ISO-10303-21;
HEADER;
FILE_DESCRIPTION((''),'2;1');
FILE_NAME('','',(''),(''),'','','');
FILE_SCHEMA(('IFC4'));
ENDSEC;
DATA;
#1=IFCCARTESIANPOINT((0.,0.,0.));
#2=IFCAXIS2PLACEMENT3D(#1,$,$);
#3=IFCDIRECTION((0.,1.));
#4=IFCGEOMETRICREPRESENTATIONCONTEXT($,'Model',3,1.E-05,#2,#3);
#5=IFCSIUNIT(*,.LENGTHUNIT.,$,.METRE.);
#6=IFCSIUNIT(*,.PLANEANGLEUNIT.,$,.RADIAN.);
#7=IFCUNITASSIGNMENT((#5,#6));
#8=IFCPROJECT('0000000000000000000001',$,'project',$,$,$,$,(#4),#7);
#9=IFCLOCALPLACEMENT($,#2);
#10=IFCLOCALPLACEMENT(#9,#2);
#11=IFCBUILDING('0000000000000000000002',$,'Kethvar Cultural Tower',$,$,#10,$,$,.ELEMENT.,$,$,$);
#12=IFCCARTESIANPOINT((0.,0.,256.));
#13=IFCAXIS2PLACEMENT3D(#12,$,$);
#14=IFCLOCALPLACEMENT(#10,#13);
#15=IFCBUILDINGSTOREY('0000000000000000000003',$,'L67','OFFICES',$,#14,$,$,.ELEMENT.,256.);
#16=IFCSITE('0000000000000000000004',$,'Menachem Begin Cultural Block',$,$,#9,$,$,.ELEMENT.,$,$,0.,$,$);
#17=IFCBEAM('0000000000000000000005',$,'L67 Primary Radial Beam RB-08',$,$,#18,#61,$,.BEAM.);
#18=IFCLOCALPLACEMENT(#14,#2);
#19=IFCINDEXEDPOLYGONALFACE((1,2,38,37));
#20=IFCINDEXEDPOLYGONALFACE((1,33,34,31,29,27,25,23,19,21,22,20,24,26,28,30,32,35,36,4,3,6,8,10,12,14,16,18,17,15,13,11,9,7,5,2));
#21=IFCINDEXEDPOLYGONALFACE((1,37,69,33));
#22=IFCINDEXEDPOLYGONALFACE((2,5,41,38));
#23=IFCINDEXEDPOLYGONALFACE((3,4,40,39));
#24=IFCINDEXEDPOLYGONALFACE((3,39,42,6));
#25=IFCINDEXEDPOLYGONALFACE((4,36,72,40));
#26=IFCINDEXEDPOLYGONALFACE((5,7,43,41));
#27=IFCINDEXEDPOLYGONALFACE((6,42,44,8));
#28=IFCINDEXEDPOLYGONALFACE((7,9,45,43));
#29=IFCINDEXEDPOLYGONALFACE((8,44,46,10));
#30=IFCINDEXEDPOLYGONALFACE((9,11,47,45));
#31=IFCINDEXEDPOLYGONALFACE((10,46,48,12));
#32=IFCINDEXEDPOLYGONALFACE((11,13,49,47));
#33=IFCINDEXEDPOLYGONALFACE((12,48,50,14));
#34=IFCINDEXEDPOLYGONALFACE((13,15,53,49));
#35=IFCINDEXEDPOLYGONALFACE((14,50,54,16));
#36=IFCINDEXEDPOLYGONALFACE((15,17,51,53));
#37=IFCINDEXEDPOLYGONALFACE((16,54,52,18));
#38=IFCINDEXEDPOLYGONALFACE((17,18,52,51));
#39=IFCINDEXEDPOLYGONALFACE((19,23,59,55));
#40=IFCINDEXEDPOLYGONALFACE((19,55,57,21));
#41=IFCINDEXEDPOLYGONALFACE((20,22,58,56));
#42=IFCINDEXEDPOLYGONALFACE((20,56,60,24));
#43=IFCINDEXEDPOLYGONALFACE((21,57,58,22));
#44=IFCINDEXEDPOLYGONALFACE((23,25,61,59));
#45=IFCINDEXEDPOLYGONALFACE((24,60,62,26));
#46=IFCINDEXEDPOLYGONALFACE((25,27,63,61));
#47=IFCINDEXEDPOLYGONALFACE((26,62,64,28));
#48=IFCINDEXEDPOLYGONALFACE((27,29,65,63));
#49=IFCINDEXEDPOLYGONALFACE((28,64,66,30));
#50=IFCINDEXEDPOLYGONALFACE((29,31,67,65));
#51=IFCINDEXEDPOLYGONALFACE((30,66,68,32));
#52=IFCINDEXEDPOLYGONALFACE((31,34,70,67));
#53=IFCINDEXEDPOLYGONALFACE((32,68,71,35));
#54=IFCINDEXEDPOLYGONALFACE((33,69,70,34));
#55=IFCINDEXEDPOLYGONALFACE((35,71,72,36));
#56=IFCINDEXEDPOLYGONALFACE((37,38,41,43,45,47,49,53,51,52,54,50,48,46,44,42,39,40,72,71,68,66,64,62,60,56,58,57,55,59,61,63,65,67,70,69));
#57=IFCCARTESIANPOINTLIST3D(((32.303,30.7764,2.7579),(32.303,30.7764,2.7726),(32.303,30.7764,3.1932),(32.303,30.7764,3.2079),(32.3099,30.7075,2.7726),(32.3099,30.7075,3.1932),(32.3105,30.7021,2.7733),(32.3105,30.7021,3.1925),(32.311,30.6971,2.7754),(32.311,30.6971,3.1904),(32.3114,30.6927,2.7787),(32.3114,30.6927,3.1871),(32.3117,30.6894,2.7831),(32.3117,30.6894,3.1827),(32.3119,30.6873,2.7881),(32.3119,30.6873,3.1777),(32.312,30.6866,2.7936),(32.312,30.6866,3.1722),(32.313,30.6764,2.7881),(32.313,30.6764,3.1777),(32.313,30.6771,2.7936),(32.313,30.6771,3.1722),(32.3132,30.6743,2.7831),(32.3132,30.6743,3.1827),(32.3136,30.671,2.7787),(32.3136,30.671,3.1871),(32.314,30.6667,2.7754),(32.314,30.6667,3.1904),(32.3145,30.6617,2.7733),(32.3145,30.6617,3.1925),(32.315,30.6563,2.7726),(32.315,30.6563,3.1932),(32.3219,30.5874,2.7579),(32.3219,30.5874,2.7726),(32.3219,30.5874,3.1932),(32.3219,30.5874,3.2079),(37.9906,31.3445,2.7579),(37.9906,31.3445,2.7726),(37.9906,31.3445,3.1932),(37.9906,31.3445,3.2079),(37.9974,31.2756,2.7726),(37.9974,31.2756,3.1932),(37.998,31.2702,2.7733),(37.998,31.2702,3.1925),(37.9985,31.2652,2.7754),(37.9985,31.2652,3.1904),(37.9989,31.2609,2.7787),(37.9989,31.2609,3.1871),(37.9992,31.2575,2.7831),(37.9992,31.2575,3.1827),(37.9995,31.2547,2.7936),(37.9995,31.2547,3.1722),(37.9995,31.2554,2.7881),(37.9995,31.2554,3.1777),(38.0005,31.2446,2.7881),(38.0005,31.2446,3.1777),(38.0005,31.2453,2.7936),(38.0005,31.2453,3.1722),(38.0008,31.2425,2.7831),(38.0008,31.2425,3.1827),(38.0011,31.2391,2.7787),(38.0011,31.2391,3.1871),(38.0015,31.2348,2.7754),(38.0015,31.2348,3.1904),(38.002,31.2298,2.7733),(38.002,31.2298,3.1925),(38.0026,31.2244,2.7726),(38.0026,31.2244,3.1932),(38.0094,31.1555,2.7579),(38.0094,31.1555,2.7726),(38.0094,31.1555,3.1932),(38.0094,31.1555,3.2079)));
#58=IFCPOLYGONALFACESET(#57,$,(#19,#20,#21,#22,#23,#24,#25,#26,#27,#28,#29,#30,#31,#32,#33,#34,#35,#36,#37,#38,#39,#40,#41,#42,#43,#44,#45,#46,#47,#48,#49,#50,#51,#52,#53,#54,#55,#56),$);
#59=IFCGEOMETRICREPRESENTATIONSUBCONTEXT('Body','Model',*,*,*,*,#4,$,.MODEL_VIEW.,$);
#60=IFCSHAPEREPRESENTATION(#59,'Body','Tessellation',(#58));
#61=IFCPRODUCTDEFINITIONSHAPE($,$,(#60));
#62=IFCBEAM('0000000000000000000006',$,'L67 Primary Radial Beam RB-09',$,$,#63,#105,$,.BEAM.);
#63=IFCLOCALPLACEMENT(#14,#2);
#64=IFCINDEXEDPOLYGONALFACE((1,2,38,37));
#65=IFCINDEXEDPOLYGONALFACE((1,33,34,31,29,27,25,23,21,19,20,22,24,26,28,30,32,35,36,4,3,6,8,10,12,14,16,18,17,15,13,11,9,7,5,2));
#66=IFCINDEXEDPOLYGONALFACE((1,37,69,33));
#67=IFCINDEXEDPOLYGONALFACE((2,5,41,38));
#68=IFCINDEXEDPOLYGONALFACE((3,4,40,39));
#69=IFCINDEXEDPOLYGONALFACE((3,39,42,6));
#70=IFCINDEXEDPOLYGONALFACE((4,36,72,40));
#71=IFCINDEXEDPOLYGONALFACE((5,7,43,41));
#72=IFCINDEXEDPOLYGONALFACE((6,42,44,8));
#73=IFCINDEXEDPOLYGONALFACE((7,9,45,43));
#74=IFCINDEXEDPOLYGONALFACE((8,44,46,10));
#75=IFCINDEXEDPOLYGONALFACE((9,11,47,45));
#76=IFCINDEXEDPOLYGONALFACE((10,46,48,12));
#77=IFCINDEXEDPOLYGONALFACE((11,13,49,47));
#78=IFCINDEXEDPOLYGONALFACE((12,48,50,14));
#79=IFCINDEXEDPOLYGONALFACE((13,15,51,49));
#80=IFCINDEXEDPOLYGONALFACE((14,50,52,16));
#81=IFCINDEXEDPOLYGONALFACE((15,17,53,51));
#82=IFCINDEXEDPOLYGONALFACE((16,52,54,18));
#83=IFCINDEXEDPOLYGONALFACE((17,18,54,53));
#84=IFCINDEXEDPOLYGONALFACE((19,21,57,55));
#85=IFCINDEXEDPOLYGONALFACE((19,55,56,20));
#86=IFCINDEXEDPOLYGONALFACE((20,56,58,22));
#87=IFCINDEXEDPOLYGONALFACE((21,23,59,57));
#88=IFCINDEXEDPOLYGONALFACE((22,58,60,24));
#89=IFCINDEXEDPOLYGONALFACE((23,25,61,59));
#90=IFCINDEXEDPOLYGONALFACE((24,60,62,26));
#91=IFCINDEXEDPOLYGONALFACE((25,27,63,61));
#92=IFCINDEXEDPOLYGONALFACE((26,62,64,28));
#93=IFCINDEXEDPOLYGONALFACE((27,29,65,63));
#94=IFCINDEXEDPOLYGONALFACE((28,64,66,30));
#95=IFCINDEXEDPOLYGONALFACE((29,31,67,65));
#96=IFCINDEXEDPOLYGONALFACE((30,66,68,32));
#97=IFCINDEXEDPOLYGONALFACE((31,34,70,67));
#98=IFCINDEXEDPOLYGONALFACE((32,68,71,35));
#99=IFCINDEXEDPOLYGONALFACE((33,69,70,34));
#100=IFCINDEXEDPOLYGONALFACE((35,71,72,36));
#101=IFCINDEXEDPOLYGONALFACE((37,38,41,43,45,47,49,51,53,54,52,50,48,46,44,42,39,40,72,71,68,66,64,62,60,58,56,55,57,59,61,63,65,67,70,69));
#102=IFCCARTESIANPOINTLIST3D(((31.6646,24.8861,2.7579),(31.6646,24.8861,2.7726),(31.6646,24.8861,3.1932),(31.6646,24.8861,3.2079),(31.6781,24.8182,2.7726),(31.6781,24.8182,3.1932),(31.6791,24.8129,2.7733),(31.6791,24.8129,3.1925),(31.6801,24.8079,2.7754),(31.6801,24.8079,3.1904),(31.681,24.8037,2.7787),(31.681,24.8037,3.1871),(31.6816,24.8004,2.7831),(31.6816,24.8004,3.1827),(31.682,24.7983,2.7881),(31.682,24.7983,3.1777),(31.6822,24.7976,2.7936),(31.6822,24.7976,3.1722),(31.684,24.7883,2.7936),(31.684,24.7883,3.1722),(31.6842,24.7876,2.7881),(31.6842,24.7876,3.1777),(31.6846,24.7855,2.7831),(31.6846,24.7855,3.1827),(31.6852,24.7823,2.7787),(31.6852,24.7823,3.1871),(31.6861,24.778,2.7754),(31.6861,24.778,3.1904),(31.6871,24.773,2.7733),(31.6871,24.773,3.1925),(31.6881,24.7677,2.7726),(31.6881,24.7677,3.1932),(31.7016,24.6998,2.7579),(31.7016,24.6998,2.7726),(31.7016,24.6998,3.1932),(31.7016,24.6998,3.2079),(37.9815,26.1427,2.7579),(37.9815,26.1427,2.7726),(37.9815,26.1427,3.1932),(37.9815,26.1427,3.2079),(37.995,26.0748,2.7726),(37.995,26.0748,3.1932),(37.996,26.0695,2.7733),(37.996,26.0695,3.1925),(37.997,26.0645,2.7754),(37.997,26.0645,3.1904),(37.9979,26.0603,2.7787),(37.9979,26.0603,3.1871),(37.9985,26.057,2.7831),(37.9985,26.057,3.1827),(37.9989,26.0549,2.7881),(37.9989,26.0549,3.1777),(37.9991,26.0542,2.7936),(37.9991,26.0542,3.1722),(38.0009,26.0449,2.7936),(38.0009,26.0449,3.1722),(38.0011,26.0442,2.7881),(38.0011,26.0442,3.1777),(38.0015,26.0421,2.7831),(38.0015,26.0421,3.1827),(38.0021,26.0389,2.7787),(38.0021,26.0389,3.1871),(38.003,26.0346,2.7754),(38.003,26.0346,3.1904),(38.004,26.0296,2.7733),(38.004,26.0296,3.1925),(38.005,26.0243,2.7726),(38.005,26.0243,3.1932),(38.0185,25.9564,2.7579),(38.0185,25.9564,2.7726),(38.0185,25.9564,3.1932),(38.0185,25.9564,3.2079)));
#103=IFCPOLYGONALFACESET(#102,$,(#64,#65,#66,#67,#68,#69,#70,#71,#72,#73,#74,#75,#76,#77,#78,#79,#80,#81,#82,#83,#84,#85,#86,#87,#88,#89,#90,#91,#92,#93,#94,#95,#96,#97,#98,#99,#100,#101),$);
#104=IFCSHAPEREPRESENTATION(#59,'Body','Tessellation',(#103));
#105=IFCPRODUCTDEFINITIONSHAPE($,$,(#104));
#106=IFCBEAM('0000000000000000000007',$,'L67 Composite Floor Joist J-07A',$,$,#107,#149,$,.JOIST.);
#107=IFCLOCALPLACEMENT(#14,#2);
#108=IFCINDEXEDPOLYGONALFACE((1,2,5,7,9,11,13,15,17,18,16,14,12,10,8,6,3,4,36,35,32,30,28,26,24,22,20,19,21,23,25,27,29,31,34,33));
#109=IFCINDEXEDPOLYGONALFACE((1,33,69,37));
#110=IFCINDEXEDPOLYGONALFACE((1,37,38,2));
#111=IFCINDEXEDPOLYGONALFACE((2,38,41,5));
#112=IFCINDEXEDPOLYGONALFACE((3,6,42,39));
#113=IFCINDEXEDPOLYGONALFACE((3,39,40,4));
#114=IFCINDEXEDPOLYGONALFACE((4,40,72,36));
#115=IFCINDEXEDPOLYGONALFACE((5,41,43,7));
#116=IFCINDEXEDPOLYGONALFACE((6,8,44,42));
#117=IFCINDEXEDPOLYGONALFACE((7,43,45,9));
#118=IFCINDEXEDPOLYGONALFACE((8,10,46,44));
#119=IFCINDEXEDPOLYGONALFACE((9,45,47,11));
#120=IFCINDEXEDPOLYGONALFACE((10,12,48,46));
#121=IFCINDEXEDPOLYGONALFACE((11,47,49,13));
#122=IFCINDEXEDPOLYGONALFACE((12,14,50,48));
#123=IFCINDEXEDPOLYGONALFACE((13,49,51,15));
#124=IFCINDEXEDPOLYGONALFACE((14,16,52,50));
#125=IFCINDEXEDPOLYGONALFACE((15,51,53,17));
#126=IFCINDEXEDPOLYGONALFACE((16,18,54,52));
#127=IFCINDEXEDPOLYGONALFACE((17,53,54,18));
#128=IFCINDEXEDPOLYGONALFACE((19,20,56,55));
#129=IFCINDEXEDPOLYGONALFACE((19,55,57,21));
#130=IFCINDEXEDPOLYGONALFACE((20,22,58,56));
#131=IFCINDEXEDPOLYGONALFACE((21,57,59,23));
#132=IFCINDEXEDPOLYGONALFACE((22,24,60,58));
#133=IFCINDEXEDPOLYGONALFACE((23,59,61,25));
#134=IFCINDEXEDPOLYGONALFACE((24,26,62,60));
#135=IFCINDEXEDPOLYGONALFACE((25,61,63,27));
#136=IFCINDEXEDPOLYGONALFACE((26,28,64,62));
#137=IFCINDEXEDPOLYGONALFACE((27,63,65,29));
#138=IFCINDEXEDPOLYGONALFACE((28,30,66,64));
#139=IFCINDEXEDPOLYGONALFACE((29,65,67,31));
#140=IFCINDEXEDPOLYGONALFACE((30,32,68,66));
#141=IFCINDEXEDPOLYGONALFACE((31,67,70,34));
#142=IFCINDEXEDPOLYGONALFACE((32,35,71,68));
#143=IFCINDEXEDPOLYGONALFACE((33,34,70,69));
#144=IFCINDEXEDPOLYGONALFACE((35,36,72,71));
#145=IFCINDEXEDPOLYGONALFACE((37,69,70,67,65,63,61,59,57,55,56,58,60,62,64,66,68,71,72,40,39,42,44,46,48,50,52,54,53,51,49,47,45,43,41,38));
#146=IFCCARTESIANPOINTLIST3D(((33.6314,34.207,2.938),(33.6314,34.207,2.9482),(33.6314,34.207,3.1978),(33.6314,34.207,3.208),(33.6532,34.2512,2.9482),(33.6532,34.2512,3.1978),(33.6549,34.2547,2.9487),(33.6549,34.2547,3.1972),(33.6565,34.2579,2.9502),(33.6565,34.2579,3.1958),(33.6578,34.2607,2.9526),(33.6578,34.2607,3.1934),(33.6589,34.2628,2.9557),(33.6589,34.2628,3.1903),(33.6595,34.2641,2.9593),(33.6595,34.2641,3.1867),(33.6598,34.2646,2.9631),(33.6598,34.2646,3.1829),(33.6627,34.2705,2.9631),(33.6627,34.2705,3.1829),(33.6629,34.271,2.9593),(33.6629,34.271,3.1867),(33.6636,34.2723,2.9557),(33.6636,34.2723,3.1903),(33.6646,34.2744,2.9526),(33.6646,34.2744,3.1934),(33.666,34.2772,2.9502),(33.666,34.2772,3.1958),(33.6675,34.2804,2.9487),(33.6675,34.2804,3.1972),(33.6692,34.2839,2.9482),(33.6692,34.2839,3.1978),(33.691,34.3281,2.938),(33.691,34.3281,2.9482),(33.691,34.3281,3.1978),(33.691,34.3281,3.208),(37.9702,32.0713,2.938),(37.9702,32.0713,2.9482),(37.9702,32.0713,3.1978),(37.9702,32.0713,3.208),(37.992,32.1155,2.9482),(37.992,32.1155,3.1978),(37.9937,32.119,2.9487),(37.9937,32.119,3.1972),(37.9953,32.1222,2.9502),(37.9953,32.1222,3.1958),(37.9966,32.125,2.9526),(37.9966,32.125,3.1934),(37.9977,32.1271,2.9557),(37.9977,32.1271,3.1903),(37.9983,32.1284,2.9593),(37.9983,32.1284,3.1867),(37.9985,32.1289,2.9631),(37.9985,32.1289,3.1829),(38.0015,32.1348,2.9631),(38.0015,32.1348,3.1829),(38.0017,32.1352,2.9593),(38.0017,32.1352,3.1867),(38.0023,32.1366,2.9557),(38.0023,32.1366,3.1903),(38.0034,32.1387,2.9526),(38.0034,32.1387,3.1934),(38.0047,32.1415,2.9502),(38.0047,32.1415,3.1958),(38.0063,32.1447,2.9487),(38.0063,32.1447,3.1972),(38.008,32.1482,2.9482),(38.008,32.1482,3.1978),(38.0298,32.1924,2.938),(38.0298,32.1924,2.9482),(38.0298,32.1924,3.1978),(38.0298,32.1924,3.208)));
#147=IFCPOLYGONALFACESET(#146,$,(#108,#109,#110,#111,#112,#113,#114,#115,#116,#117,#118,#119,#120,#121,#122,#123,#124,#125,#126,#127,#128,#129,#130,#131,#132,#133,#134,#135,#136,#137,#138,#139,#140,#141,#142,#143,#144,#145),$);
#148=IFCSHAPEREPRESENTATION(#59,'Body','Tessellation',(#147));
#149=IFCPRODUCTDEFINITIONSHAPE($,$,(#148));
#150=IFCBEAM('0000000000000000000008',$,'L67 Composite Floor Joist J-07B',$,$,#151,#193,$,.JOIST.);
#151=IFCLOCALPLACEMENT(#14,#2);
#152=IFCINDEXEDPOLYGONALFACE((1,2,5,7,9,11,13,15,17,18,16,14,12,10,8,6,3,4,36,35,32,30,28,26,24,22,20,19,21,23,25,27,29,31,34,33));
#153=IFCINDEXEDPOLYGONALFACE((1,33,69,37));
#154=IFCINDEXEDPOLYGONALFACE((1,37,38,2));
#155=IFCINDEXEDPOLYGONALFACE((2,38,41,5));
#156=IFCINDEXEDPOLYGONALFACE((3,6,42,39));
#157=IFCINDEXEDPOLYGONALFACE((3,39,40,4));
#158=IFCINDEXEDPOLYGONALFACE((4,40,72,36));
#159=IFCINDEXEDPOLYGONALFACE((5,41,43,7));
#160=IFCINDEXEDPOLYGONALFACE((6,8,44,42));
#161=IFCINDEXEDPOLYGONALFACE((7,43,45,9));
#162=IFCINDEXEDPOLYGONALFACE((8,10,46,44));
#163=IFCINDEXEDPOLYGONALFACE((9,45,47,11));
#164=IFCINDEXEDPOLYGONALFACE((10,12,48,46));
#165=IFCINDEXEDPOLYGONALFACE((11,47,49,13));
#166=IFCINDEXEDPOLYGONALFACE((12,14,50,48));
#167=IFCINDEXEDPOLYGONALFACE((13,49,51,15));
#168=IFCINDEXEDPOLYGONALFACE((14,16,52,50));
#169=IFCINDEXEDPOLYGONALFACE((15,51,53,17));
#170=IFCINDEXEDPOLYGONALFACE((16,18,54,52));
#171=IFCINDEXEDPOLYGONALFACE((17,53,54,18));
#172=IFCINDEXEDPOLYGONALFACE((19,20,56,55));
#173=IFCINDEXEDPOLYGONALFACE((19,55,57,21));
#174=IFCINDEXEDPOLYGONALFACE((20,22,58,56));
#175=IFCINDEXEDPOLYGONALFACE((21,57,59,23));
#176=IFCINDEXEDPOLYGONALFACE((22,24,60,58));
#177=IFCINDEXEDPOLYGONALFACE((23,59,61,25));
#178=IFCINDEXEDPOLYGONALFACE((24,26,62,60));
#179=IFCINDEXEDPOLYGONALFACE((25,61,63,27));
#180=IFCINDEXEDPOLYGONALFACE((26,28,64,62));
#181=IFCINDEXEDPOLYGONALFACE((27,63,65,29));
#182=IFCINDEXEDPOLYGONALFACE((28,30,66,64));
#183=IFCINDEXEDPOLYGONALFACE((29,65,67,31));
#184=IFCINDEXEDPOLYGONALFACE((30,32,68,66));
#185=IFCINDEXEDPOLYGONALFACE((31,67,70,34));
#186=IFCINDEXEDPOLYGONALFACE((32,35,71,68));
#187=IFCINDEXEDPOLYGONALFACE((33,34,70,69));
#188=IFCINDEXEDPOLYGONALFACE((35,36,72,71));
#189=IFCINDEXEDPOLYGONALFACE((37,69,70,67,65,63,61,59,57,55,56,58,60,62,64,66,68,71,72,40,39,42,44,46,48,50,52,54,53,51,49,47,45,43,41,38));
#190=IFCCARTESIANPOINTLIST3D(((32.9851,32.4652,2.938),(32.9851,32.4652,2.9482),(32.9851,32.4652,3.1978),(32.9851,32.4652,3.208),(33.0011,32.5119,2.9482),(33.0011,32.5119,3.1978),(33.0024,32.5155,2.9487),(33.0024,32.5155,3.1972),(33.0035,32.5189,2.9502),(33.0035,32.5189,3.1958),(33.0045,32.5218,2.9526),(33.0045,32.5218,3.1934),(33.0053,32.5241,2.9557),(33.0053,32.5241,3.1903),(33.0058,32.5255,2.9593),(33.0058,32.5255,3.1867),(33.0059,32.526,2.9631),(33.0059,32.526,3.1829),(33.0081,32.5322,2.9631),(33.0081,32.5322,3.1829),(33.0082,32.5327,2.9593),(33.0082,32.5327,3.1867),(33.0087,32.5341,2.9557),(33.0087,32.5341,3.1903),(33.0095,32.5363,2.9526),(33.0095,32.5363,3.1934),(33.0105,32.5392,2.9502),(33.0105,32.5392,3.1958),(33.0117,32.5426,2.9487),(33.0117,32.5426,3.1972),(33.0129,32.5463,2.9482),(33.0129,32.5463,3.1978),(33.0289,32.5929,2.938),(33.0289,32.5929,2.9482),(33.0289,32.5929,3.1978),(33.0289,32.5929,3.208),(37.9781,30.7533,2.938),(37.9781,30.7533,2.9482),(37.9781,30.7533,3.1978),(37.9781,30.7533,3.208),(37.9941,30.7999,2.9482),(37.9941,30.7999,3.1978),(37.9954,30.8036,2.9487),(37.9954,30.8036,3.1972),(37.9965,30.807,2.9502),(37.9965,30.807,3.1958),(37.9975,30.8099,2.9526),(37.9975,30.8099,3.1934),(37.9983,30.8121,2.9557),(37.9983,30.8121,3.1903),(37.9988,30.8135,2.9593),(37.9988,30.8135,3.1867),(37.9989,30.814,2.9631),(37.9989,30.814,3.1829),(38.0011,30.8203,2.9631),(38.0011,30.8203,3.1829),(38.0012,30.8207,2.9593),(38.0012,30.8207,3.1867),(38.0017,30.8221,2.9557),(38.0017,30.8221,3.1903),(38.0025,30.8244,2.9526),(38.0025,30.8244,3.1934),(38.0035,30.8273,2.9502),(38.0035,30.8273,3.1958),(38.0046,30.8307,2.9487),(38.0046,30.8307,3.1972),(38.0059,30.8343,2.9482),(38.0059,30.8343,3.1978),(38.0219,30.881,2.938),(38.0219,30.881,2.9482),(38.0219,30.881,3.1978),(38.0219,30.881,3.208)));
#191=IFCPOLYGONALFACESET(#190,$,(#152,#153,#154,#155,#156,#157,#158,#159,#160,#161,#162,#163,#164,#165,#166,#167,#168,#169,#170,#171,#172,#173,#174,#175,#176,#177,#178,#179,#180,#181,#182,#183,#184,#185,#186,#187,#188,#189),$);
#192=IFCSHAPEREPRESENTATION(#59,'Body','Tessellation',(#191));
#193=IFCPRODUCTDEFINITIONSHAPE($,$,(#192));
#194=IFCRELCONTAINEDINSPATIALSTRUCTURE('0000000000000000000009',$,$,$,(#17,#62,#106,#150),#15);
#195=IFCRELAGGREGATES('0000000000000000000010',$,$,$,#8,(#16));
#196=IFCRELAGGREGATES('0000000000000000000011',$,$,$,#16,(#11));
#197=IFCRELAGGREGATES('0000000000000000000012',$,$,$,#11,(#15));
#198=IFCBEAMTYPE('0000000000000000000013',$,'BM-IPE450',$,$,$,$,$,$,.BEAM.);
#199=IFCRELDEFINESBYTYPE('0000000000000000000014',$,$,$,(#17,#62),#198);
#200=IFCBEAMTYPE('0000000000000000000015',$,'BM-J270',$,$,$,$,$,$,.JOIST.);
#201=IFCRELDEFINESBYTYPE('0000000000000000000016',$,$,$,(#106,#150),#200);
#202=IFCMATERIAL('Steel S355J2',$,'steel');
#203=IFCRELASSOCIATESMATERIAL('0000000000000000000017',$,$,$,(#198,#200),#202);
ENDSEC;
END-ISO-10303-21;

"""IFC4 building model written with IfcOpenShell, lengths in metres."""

from ifc_helpers import new_model, si_unit, direction, frame, origin, origin_2d, place, context, subcontext, project, spatial, i_section, extrude, source, transform, mapped, material, material_profile, profile_set, type_object, element, save


model = new_model("IFC4")

# Units and contexts
model_context = context("Model", 3, precision=1e-05, world=origin(), true_north=direction((0.0, 1.0)))
body_context = subcontext(model_context, "Body", "Model", "MODEL_VIEW")
ifc_project = project(units=[si_unit("LENGTHUNIT", "METRE"), si_unit("PLANEANGLEUNIT", "RADIAN")], contexts=[model_context])

# Site, building, storey
site_placement = place(None, origin())
site = spatial("IfcSite", under=ifc_project, at=site_placement, Name="Menachem Begin Cultural Block", CompositionType="ELEMENT", RefElevation=0.0)
building_placement = place(site_placement, origin())
building = spatial("IfcBuilding", under=site, at=building_placement, Name="Kethvar Cultural Tower", CompositionType="ELEMENT")
storey_placement = place(building_placement, frame((0.0, 0.0, 256.0)))
storey = spatial("IfcBuildingStorey", under=building, at=storey_placement, Name="L67", Description="OFFICES", CompositionType="ELEMENT", Elevation=256.0)

# Beams
ifc_material_1 = material(Name="Steel S355J2", Category="steel")
ifc_material_profile_1 = material_profile(ifc_material_1, i_section(OverallWidth=0.1899, OverallDepth=0.45, WebThickness=0.0095, FlangeThickness=0.0146, FilletRadius=0.021, at=origin_2d()), Name="Steel S355J2 — IPE450")
ifc_profile_set_1 = profile_set([ifc_material_profile_1], Name="Steel S355J2 — IPE450")
beam_type_1 = type_object("IfcBeamType", Name="BM-IPE450", PredefinedType="BEAM", material=ifc_profile_set_1)
shared_shape_1 = source(origin(), body_context, "Body", "SweptSolid", [
    extrude(i_section(OverallWidth=0.1899, OverallDepth=0.45, WebThickness=0.0095, FlangeThickness=0.0146, FilletRadius=0.021, at=origin_2d()), origin(), (0.0, 0.0, 1.0), 5.7158),
])
beam_1_placement = place(storey_placement, frame((38.0, 31.25, 2.9829), z_axis=(-0.995048, -0.099394, 0.0), x_axis=(0.099394, -0.995048, 0.0)))
element("IfcBeam", 1, at=beam_1_placement, inside=storey, type_object=beam_type_1, Name="L67 Primary Radial Beam RB-08", PredefinedType="BEAM", context=body_context, shape_type="MappedRepresentation", body=[
    mapped(shared_shape_1, transform((0.0, 0.0, 0.0), scale=1.0)),
])
shared_shape_2 = source(origin(), body_context, "Body", "SweptSolid", [
    extrude(i_section(OverallWidth=0.1899, OverallDepth=0.45, WebThickness=0.0095, FlangeThickness=0.0146, FilletRadius=0.021, at=origin_2d()), origin(), (0.0, 0.0, 1.0), 6.4407),
])
beam_2_placement = place(storey_placement, frame((38.0, 26.0496, 2.9829), z_axis=(-0.980783, -0.195103, 0.0), x_axis=(0.195103, -0.980783, 0.0)))
element("IfcBeam", 2, at=beam_2_placement, inside=storey, type_object=beam_type_1, Name="L67 Primary Radial Beam RB-09", PredefinedType="BEAM", context=body_context, shape_type="MappedRepresentation", body=[
    mapped(shared_shape_2, transform((0.0, 0.0, 0.0), scale=1.0)),
])
ifc_material_profile_2 = material_profile(ifc_material_1, i_section(OverallWidth=0.135, OverallDepth=0.27, WebThickness=0.0066, FlangeThickness=0.0103, FilletRadius=0.0149, at=origin_2d()), Name="Steel S355J2 — IPE270")
ifc_profile_set_2 = profile_set([ifc_material_profile_2], Name="Steel S355J2 — IPE270")
beam_type_2 = type_object("IfcBeamType", Name="BM-J270", PredefinedType="JOIST", material=ifc_profile_set_2)
shared_shape_3 = source(origin(), body_context, "Body", "SweptSolid", [
    extrude(i_section(OverallWidth=0.135, OverallDepth=0.27, WebThickness=0.0066, FlangeThickness=0.0103, FilletRadius=0.0149, at=origin_2d()), origin(), (0.0, 0.0, 1.0), 4.8359),
])
beam_3_placement = place(storey_placement, frame((38.0, 32.1318, 3.073), z_axis=(-0.897197, 0.441632, 0.0), x_axis=(-0.441632, -0.897197, 0.0)))
element("IfcBeam", 3, at=beam_3_placement, inside=storey, type_object=beam_type_2, Name="L67 Composite Floor Joist J-07A", PredefinedType="JOIST", context=body_context, shape_type="MappedRepresentation", body=[
    mapped(shared_shape_3, transform((0.0, 0.0, 0.0), scale=1.0)),
])
shared_shape_4 = source(origin(), body_context, "Body", "SweptSolid", [
    extrude(i_section(OverallWidth=0.135, OverallDepth=0.27, WebThickness=0.0066, FlangeThickness=0.0103, FilletRadius=0.0149, at=origin_2d()), origin(), (0.0, 0.0, 1.0), 5.2783),
])
beam_4_placement = place(storey_placement, frame((38.0, 30.8171, 3.073), z_axis=(-0.945943, 0.324334, 0.0), x_axis=(-0.324334, -0.945943, 0.0)))
element("IfcBeam", 4, at=beam_4_placement, inside=storey, type_object=beam_type_2, Name="L67 Composite Floor Joist J-07B", PredefinedType="JOIST", context=body_context, shape_type="MappedRepresentation", body=[
    mapped(shared_shape_4, transform((0.0, 0.0, 0.0), scale=1.0)),
])

save(model, "model.ifc")
